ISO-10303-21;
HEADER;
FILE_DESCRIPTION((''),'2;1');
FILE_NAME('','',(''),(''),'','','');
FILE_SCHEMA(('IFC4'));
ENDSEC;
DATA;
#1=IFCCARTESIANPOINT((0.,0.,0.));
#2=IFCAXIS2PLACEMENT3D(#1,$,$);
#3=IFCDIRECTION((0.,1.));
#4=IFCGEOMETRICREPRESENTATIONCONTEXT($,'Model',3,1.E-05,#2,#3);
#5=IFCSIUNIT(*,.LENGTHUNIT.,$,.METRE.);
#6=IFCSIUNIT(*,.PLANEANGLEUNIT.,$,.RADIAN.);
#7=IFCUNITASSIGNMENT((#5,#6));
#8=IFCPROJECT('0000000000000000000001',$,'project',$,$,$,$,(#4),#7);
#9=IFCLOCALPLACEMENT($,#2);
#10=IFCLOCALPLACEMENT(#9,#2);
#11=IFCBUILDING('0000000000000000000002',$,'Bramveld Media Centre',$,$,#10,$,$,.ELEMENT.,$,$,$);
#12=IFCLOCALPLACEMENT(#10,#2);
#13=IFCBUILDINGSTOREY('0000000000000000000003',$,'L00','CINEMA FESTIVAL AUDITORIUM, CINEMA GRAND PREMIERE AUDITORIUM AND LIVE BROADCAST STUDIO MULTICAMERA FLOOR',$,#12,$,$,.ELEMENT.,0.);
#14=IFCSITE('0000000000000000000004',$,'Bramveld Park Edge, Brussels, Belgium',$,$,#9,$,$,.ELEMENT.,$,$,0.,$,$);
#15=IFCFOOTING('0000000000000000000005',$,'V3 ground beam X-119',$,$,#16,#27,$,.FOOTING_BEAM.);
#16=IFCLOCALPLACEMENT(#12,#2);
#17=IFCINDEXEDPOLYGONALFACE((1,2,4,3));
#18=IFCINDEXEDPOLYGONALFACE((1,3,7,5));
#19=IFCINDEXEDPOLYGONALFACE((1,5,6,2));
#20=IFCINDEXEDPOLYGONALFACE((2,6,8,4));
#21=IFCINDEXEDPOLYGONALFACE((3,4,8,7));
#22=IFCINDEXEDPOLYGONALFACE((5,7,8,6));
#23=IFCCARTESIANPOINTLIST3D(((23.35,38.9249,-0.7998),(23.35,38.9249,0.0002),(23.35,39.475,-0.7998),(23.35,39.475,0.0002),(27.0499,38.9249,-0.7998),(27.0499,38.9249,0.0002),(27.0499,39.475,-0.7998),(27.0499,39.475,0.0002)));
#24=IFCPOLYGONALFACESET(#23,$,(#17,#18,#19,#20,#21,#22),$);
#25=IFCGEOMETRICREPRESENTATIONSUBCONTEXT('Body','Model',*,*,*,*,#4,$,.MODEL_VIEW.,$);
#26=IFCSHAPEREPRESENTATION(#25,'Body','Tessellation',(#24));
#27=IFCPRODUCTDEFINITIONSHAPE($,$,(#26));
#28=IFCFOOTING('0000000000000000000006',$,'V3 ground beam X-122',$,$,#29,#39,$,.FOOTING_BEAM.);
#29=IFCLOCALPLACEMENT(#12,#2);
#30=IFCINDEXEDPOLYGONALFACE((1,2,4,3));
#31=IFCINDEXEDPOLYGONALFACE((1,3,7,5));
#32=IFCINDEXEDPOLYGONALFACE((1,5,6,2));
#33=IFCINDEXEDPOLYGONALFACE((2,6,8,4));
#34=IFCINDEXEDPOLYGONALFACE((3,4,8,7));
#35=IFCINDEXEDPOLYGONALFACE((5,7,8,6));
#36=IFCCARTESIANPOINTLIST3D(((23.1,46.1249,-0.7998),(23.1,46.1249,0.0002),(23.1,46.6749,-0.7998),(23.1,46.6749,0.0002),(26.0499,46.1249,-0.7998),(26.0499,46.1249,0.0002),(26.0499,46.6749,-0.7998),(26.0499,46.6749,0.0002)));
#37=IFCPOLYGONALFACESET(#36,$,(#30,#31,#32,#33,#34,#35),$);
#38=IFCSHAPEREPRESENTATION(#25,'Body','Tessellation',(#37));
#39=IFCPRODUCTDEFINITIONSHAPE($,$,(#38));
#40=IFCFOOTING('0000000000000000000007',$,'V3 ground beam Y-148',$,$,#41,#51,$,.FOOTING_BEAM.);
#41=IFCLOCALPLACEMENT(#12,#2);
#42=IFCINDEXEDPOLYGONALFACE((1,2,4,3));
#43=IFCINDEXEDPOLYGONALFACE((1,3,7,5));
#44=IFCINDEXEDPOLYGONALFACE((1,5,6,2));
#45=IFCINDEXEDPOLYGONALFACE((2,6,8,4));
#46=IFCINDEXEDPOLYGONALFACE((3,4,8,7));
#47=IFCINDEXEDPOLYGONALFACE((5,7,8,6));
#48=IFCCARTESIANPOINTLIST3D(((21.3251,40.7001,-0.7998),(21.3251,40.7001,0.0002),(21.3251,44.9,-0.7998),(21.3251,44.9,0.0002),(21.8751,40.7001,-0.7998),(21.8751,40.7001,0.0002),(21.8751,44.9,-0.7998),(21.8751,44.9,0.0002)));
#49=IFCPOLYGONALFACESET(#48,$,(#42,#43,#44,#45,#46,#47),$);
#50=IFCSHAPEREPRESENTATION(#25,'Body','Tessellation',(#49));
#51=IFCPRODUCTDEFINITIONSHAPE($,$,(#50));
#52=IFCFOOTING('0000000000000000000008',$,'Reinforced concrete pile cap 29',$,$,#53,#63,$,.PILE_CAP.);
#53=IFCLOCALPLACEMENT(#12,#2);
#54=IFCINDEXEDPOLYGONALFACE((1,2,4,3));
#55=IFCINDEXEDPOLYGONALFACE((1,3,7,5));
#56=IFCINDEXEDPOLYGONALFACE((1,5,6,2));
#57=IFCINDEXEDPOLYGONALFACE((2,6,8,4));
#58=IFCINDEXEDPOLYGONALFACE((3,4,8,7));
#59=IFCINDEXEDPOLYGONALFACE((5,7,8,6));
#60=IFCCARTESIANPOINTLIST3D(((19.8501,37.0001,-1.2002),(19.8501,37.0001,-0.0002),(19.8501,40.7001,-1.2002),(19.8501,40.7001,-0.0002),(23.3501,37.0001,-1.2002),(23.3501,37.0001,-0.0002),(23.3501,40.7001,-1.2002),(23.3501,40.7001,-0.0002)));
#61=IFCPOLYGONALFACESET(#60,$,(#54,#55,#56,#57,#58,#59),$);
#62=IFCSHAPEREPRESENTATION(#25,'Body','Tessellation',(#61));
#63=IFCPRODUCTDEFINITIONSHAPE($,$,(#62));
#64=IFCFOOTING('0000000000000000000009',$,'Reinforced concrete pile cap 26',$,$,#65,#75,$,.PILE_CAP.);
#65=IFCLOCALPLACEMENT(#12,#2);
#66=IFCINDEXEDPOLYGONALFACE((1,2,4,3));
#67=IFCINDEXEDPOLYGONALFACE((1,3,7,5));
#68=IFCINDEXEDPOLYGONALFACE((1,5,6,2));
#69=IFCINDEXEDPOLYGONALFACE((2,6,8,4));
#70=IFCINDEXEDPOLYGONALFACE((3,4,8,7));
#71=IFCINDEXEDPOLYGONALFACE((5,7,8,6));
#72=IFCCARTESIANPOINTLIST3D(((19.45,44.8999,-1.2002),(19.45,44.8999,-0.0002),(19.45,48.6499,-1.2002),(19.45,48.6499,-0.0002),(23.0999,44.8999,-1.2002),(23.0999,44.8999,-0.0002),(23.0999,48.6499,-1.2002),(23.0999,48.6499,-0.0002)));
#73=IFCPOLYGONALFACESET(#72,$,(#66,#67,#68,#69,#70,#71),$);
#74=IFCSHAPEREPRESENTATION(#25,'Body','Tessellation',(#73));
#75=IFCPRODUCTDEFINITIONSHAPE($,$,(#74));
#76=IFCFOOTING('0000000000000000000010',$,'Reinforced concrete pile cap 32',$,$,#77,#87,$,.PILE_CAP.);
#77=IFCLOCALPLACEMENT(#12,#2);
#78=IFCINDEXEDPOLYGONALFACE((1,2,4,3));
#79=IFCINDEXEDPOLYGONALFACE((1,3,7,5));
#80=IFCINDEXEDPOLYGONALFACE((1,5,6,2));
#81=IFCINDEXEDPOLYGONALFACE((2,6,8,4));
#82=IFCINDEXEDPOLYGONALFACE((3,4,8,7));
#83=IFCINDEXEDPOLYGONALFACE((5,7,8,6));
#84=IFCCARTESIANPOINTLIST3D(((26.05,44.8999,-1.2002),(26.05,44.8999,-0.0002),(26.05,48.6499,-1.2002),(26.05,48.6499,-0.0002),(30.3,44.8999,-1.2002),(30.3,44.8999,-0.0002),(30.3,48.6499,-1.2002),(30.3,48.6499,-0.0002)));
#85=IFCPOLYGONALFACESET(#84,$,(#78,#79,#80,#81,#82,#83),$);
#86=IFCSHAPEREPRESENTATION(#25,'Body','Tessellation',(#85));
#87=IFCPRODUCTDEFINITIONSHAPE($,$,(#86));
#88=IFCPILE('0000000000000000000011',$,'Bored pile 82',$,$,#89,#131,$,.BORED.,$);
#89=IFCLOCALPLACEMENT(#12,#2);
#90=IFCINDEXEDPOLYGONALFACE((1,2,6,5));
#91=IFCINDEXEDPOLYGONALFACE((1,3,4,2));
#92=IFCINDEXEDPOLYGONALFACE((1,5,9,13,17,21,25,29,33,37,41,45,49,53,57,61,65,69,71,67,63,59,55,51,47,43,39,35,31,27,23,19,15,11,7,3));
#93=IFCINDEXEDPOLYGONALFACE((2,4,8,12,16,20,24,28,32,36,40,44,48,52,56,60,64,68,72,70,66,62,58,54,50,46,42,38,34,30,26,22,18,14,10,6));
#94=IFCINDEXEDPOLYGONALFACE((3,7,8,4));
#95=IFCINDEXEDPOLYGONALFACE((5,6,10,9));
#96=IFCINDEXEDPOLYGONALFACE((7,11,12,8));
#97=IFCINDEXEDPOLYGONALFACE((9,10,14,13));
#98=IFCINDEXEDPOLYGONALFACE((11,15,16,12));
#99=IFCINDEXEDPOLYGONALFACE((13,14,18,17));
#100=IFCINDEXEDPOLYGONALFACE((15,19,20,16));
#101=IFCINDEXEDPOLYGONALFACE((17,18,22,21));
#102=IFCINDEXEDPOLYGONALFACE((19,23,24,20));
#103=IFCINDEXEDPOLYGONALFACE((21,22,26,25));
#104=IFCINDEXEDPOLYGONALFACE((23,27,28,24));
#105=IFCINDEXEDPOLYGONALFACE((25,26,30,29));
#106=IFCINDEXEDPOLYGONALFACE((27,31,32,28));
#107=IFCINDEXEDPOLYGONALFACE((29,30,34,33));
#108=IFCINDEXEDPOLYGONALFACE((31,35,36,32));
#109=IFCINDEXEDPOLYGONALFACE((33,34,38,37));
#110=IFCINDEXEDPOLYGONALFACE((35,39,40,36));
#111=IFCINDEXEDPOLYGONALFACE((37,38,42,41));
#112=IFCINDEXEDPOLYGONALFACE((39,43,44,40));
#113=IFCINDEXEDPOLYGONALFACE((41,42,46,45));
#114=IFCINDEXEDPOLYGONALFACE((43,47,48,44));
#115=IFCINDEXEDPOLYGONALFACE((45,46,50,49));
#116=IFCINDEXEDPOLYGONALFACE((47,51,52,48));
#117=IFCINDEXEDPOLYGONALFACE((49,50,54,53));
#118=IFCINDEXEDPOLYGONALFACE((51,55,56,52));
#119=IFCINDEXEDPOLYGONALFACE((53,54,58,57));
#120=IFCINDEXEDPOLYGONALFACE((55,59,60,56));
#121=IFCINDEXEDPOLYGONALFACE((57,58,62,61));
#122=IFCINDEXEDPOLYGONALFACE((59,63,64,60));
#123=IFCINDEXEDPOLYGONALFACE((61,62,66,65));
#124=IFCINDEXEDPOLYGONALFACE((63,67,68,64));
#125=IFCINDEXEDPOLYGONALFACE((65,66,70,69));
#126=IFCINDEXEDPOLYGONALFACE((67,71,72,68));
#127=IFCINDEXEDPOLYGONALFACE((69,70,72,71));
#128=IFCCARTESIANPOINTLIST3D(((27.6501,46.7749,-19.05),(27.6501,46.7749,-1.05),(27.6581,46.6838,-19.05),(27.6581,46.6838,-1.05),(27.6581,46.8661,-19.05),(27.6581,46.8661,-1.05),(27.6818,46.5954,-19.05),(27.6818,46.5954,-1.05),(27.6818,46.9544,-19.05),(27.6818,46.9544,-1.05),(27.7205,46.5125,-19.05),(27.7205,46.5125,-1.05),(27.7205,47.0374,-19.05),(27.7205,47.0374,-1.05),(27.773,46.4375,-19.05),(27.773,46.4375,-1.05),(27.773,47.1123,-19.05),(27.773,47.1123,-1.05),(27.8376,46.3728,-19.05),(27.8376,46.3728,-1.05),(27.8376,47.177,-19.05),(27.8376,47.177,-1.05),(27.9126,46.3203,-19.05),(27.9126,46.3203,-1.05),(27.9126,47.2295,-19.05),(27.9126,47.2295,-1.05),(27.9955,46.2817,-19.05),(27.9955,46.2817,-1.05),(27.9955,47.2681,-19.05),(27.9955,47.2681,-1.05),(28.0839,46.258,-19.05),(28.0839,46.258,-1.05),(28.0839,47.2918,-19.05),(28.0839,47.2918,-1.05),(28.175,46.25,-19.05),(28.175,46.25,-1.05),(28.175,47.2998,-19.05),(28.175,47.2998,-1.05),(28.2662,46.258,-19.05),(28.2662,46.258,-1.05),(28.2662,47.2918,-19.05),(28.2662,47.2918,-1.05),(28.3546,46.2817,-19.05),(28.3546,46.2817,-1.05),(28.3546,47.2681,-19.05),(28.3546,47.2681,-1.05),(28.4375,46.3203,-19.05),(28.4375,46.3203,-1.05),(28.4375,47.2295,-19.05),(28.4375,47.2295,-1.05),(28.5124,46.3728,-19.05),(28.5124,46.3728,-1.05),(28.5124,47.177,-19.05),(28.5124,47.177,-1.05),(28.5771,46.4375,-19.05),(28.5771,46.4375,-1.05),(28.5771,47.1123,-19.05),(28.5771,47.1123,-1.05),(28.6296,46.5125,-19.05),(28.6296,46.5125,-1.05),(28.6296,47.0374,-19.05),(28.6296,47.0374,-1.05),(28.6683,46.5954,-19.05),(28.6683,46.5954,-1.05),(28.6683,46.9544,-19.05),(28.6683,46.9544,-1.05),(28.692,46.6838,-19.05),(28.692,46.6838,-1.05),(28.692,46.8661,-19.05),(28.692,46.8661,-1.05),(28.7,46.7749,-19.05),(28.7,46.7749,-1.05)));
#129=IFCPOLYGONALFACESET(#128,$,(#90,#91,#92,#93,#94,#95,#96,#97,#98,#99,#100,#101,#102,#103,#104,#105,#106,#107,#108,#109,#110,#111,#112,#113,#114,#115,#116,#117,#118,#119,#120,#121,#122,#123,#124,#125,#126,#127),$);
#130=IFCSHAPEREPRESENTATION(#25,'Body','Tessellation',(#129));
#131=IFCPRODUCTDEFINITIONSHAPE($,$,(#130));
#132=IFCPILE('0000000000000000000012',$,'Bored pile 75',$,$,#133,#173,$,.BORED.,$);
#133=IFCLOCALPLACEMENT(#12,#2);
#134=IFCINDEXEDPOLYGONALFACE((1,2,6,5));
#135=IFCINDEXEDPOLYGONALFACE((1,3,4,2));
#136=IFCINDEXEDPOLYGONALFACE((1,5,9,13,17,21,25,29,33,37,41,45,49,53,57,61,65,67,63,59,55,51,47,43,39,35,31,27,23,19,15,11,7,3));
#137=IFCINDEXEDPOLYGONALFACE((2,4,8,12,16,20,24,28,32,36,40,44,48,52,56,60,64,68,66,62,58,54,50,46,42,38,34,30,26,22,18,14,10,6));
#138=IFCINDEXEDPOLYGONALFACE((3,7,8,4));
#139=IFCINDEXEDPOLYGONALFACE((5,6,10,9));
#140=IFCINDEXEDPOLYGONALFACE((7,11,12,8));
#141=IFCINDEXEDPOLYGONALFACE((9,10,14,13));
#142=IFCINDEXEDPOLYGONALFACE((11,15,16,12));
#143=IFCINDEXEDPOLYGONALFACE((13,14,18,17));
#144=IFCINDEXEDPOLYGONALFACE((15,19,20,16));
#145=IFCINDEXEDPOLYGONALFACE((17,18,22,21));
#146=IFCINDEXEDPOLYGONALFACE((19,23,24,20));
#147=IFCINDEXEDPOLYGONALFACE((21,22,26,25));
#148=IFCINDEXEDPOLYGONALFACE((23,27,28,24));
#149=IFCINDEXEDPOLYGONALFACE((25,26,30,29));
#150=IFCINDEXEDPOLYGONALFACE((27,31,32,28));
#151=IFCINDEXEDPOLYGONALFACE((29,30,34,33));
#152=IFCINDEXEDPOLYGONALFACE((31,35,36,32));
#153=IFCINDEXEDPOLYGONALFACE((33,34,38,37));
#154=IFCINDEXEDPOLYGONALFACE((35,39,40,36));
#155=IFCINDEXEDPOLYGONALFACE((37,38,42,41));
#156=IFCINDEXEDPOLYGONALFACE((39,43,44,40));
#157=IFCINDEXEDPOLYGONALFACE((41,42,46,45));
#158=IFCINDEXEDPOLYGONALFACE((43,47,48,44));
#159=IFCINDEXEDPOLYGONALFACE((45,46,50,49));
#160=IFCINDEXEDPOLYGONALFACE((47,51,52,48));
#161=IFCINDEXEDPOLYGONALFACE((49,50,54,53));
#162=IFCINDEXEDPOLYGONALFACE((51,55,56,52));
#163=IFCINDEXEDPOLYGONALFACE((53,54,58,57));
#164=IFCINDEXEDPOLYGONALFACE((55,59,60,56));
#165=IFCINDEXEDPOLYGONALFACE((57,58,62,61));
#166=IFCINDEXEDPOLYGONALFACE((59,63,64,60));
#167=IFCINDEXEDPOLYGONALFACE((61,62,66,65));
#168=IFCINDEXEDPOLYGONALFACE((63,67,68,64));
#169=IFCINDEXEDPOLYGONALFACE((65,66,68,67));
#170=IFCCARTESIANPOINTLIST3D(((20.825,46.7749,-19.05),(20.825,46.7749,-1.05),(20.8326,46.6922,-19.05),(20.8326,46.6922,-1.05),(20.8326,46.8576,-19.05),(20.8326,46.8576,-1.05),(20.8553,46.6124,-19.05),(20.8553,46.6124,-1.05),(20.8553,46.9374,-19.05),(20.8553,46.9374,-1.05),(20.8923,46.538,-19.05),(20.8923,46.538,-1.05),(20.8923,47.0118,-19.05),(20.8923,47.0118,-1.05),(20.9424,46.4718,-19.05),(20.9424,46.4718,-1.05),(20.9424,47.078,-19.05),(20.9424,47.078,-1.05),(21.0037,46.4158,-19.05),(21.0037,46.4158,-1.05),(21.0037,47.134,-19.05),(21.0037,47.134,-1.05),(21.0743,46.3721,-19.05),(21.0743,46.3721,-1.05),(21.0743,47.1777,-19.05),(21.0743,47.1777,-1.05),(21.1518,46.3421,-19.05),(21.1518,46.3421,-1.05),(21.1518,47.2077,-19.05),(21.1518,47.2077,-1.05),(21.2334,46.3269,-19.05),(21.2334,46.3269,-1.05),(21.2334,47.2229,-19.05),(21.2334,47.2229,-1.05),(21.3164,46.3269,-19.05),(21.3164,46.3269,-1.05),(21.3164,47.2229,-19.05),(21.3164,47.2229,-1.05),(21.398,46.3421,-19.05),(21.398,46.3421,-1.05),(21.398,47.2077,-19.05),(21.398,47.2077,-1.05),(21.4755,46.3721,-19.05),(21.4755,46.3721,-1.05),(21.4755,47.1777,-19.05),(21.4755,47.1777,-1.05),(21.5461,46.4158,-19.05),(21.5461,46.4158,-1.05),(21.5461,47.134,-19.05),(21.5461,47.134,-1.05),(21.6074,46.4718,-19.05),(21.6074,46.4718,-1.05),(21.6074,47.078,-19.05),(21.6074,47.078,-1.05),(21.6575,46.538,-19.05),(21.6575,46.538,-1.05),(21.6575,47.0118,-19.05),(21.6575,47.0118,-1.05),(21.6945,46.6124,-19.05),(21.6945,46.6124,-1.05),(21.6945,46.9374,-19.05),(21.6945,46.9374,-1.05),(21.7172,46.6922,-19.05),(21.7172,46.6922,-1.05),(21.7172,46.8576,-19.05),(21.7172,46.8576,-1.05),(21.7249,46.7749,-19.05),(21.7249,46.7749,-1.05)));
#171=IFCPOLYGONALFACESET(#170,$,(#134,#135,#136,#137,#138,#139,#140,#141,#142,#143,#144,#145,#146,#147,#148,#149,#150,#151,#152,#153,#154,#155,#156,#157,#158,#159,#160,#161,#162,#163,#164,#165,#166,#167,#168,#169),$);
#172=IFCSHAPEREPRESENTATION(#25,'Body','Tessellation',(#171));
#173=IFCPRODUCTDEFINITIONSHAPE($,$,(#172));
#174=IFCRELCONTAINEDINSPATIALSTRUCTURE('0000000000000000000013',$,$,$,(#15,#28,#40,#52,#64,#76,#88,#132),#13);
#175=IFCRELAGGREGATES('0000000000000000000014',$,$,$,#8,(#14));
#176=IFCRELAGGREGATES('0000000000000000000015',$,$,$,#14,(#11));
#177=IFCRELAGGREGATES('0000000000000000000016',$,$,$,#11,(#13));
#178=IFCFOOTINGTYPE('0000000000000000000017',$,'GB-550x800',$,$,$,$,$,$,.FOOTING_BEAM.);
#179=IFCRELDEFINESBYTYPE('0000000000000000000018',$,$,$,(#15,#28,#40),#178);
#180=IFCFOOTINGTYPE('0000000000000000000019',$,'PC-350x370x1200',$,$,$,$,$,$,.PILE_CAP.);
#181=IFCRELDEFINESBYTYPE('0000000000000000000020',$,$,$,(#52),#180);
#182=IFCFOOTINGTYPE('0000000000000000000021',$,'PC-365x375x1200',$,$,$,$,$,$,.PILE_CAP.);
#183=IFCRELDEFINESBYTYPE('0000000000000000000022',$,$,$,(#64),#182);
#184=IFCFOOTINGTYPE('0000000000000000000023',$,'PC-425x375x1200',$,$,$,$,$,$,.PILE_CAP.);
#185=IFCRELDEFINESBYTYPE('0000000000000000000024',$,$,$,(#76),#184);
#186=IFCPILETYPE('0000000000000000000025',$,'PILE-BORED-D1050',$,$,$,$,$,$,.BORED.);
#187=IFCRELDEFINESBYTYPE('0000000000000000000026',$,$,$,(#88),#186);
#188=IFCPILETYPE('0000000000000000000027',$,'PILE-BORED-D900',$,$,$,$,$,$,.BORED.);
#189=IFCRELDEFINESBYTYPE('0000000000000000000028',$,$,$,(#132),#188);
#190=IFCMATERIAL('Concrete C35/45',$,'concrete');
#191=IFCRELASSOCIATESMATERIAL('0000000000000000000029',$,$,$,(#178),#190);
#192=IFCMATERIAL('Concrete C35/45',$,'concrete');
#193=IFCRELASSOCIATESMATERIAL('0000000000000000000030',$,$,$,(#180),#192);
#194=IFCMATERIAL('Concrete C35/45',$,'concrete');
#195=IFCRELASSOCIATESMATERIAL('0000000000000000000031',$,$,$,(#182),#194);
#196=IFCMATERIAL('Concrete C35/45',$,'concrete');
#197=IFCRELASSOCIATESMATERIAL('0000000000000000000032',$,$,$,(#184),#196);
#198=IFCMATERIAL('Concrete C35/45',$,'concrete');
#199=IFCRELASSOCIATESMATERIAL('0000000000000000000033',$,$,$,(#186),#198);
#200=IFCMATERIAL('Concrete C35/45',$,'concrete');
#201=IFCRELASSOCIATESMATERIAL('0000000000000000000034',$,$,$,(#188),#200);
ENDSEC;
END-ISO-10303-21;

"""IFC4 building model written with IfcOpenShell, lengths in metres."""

from ifc_helpers import new_model, si_unit, direction, frame, origin, origin_2d, place, context, subcontext, project, spatial, rectangle, circle, extrude, material, material_profile, profile_set, type_object, element, save


model = new_model("IFC4")

# Units and contexts
model_context = context("Model", 3, precision=1e-05, world=origin(), true_north=direction((0.0, 1.0)))
body_context = subcontext(model_context, "Body", "Model", "MODEL_VIEW")
ifc_project = project(units=[si_unit("LENGTHUNIT", "METRE"), si_unit("PLANEANGLEUNIT", "RADIAN")], contexts=[model_context])

# Site, building, storey
site_placement = place(None, origin())
site = spatial("IfcSite", under=ifc_project, at=site_placement, Name="Bramveld Park Edge, Brussels, Belgium", CompositionType="ELEMENT", RefElevation=0.0)
building_placement = place(site_placement, origin())
building = spatial("IfcBuilding", under=site, at=building_placement, Name="Bramveld Media Centre", CompositionType="ELEMENT")
storey_placement = place(building_placement, origin())
storey = spatial("IfcBuildingStorey", under=building, at=storey_placement, Name="L00", Description="CINEMA FESTIVAL AUDITORIUM, CINEMA GRAND PREMIERE AUDITORIUM AND LIVE BROADCAST STUDIO MULTICAMERA FLOOR", CompositionType="ELEMENT", Elevation=0.0)

# Footings
ifc_material_1 = material(Name="Concrete C35/45", Category="concrete")
footing_type_1 = type_object("IfcFootingType", Name="GB-550x800", PredefinedType="FOOTING_BEAM", material=ifc_material_1)
footing_1_placement = place(storey_placement, frame((25.2, 39.2, -0.7998), z_axis=(0.0, 0.0, 1.0), x_axis=(1.0, 0.0, 0.0)))
element("IfcFooting", 1, at=footing_1_placement, inside=storey, type_object=footing_type_1, Name="V3 ground beam X-119", PredefinedType="FOOTING_BEAM", context=body_context, shape_type="SweptSolid", body=[
    extrude(rectangle(XDim=3.7, YDim=0.55, at=origin_2d()), origin(), (0.0, 0.0, 1.0), 0.8),
])
footing_2_placement = place(storey_placement, frame((24.575, 46.3999, -0.7998), z_axis=(0.0, 0.0, 1.0), x_axis=(1.0, 0.0, 0.0)))
element("IfcFooting", 2, at=footing_2_placement, inside=storey, type_object=footing_type_1, Name="V3 ground beam X-122", PredefinedType="FOOTING_BEAM", context=body_context, shape_type="SweptSolid", body=[
    extrude(rectangle(XDim=2.95, YDim=0.55, at=origin_2d()), origin(), (0.0, 0.0, 1.0), 0.8),
])
footing_3_placement = place(storey_placement, frame((21.6001, 42.8, -0.7998), z_axis=(0.0, 0.0, 1.0), x_axis=(1.0, 0.0, 0.0)))
element("IfcFooting", 3, at=footing_3_placement, inside=storey, type_object=footing_type_1, Name="V3 ground beam Y-148", PredefinedType="FOOTING_BEAM", context=body_context, shape_type="SweptSolid", body=[
    extrude(rectangle(XDim=0.55, YDim=4.2, at=origin_2d()), origin(), (0.0, 0.0, 1.0), 0.8),
])
ifc_material_2 = material(Name="Concrete C35/45", Category="concrete")
footing_type_2 = type_object("IfcFootingType", Name="PC-350x370x1200", PredefinedType="PILE_CAP", material=ifc_material_2)
footing_4_placement = place(storey_placement, frame((21.6001, 38.8501, -1.2002), z_axis=(0.0, 0.0, 1.0), x_axis=(1.0, 0.0, 0.0)))
element("IfcFooting", 4, at=footing_4_placement, inside=storey, type_object=footing_type_2, Name="Reinforced concrete pile cap 29", PredefinedType="PILE_CAP", context=body_context, shape_type="SweptSolid", body=[
    extrude(rectangle(XDim=3.5, YDim=3.7, at=origin_2d()), origin(), (0.0, 0.0, 1.0), 1.2),
])
ifc_material_3 = material(Name="Concrete C35/45", Category="concrete")
footing_type_3 = type_object("IfcFootingType", Name="PC-365x375x1200", PredefinedType="PILE_CAP", material=ifc_material_3)
footing_5_placement = place(storey_placement, frame((21.2749, 46.7749, -1.2002), z_axis=(0.0, 0.0, 1.0), x_axis=(1.0, 0.0, 0.0)))
element("IfcFooting", 5, at=footing_5_placement, inside=storey, type_object=footing_type_3, Name="Reinforced concrete pile cap 26", PredefinedType="PILE_CAP", context=body_context, shape_type="SweptSolid", body=[
    extrude(rectangle(XDim=3.6499, YDim=3.75, at=origin_2d()), origin(), (0.0, 0.0, 1.0), 1.2),
])
ifc_material_4 = material(Name="Concrete C35/45", Category="concrete")
footing_type_4 = type_object("IfcFootingType", Name="PC-425x375x1200", PredefinedType="PILE_CAP", material=ifc_material_4)
footing_6_placement = place(storey_placement, frame((28.175, 46.7749, -1.2002), z_axis=(0.0, 0.0, 1.0), x_axis=(1.0, 0.0, 0.0)))
element("IfcFooting", 6, at=footing_6_placement, inside=storey, type_object=footing_type_4, Name="Reinforced concrete pile cap 32", PredefinedType="PILE_CAP", context=body_context, shape_type="SweptSolid", body=[
    extrude(rectangle(XDim=4.25, YDim=3.75, at=origin_2d()), origin(), (0.0, 0.0, 1.0), 1.2),
])

# Piles
ifc_material_5 = material(Name="Concrete C35/45", Category="concrete")
ifc_material_profile_1 = material_profile(ifc_material_5, circle(Radius=0.5249, at=origin_2d()), Name="BORED D1050")
ifc_profile_set_1 = profile_set([ifc_material_profile_1], Name="Concrete C35/45")
pile_type_1 = type_object("IfcPileType", Name="PILE-BORED-D1050", PredefinedType="BORED", material=ifc_profile_set_1)
pile_placement = place(storey_placement, frame((28.175, 46.7749, -1.05), z_axis=(0.0, 0.0, -1.0), x_axis=(1.0, 0.0, 0.0)))
element("IfcPile", 7, at=pile_placement, inside=storey, type_object=pile_type_1, Name="Bored pile 82", PredefinedType="BORED", context=body_context, shape_type="SweptSolid", body=[
    extrude(circle(Radius=0.5249, at=origin_2d()), origin(), (0.0, 0.0, 1.0), 18.0),
])
ifc_material_6 = material(Name="Concrete C35/45", Category="concrete")
ifc_material_profile_2 = material_profile(ifc_material_6, circle(Radius=0.45, at=origin_2d()), Name="BORED D900")
ifc_profile_set_2 = profile_set([ifc_material_profile_2], Name="Concrete C35/45")
pile_type_2 = type_object("IfcPileType", Name="PILE-BORED-D900", PredefinedType="BORED", material=ifc_profile_set_2)
for number, where, z_axis, x_axis, name in (
    (8, (21.2749, 46.7749, -1.05), (0.0, 0.0, -1.0), (1.0, 0.0, 0.0), "Bored pile 75"),
):
    element("IfcPile", number, at=place(storey_placement, frame(where, z_axis=z_axis, x_axis=x_axis)), inside=storey, type_object=pile_type_2, Name=name, PredefinedType="BORED", context=body_context, shape_type="SweptSolid", body=[
        extrude(circle(Radius=0.45, at=origin_2d()), origin(), (0.0, 0.0, 1.0), 18.0),
    ])

save(model, "model.ifc")
